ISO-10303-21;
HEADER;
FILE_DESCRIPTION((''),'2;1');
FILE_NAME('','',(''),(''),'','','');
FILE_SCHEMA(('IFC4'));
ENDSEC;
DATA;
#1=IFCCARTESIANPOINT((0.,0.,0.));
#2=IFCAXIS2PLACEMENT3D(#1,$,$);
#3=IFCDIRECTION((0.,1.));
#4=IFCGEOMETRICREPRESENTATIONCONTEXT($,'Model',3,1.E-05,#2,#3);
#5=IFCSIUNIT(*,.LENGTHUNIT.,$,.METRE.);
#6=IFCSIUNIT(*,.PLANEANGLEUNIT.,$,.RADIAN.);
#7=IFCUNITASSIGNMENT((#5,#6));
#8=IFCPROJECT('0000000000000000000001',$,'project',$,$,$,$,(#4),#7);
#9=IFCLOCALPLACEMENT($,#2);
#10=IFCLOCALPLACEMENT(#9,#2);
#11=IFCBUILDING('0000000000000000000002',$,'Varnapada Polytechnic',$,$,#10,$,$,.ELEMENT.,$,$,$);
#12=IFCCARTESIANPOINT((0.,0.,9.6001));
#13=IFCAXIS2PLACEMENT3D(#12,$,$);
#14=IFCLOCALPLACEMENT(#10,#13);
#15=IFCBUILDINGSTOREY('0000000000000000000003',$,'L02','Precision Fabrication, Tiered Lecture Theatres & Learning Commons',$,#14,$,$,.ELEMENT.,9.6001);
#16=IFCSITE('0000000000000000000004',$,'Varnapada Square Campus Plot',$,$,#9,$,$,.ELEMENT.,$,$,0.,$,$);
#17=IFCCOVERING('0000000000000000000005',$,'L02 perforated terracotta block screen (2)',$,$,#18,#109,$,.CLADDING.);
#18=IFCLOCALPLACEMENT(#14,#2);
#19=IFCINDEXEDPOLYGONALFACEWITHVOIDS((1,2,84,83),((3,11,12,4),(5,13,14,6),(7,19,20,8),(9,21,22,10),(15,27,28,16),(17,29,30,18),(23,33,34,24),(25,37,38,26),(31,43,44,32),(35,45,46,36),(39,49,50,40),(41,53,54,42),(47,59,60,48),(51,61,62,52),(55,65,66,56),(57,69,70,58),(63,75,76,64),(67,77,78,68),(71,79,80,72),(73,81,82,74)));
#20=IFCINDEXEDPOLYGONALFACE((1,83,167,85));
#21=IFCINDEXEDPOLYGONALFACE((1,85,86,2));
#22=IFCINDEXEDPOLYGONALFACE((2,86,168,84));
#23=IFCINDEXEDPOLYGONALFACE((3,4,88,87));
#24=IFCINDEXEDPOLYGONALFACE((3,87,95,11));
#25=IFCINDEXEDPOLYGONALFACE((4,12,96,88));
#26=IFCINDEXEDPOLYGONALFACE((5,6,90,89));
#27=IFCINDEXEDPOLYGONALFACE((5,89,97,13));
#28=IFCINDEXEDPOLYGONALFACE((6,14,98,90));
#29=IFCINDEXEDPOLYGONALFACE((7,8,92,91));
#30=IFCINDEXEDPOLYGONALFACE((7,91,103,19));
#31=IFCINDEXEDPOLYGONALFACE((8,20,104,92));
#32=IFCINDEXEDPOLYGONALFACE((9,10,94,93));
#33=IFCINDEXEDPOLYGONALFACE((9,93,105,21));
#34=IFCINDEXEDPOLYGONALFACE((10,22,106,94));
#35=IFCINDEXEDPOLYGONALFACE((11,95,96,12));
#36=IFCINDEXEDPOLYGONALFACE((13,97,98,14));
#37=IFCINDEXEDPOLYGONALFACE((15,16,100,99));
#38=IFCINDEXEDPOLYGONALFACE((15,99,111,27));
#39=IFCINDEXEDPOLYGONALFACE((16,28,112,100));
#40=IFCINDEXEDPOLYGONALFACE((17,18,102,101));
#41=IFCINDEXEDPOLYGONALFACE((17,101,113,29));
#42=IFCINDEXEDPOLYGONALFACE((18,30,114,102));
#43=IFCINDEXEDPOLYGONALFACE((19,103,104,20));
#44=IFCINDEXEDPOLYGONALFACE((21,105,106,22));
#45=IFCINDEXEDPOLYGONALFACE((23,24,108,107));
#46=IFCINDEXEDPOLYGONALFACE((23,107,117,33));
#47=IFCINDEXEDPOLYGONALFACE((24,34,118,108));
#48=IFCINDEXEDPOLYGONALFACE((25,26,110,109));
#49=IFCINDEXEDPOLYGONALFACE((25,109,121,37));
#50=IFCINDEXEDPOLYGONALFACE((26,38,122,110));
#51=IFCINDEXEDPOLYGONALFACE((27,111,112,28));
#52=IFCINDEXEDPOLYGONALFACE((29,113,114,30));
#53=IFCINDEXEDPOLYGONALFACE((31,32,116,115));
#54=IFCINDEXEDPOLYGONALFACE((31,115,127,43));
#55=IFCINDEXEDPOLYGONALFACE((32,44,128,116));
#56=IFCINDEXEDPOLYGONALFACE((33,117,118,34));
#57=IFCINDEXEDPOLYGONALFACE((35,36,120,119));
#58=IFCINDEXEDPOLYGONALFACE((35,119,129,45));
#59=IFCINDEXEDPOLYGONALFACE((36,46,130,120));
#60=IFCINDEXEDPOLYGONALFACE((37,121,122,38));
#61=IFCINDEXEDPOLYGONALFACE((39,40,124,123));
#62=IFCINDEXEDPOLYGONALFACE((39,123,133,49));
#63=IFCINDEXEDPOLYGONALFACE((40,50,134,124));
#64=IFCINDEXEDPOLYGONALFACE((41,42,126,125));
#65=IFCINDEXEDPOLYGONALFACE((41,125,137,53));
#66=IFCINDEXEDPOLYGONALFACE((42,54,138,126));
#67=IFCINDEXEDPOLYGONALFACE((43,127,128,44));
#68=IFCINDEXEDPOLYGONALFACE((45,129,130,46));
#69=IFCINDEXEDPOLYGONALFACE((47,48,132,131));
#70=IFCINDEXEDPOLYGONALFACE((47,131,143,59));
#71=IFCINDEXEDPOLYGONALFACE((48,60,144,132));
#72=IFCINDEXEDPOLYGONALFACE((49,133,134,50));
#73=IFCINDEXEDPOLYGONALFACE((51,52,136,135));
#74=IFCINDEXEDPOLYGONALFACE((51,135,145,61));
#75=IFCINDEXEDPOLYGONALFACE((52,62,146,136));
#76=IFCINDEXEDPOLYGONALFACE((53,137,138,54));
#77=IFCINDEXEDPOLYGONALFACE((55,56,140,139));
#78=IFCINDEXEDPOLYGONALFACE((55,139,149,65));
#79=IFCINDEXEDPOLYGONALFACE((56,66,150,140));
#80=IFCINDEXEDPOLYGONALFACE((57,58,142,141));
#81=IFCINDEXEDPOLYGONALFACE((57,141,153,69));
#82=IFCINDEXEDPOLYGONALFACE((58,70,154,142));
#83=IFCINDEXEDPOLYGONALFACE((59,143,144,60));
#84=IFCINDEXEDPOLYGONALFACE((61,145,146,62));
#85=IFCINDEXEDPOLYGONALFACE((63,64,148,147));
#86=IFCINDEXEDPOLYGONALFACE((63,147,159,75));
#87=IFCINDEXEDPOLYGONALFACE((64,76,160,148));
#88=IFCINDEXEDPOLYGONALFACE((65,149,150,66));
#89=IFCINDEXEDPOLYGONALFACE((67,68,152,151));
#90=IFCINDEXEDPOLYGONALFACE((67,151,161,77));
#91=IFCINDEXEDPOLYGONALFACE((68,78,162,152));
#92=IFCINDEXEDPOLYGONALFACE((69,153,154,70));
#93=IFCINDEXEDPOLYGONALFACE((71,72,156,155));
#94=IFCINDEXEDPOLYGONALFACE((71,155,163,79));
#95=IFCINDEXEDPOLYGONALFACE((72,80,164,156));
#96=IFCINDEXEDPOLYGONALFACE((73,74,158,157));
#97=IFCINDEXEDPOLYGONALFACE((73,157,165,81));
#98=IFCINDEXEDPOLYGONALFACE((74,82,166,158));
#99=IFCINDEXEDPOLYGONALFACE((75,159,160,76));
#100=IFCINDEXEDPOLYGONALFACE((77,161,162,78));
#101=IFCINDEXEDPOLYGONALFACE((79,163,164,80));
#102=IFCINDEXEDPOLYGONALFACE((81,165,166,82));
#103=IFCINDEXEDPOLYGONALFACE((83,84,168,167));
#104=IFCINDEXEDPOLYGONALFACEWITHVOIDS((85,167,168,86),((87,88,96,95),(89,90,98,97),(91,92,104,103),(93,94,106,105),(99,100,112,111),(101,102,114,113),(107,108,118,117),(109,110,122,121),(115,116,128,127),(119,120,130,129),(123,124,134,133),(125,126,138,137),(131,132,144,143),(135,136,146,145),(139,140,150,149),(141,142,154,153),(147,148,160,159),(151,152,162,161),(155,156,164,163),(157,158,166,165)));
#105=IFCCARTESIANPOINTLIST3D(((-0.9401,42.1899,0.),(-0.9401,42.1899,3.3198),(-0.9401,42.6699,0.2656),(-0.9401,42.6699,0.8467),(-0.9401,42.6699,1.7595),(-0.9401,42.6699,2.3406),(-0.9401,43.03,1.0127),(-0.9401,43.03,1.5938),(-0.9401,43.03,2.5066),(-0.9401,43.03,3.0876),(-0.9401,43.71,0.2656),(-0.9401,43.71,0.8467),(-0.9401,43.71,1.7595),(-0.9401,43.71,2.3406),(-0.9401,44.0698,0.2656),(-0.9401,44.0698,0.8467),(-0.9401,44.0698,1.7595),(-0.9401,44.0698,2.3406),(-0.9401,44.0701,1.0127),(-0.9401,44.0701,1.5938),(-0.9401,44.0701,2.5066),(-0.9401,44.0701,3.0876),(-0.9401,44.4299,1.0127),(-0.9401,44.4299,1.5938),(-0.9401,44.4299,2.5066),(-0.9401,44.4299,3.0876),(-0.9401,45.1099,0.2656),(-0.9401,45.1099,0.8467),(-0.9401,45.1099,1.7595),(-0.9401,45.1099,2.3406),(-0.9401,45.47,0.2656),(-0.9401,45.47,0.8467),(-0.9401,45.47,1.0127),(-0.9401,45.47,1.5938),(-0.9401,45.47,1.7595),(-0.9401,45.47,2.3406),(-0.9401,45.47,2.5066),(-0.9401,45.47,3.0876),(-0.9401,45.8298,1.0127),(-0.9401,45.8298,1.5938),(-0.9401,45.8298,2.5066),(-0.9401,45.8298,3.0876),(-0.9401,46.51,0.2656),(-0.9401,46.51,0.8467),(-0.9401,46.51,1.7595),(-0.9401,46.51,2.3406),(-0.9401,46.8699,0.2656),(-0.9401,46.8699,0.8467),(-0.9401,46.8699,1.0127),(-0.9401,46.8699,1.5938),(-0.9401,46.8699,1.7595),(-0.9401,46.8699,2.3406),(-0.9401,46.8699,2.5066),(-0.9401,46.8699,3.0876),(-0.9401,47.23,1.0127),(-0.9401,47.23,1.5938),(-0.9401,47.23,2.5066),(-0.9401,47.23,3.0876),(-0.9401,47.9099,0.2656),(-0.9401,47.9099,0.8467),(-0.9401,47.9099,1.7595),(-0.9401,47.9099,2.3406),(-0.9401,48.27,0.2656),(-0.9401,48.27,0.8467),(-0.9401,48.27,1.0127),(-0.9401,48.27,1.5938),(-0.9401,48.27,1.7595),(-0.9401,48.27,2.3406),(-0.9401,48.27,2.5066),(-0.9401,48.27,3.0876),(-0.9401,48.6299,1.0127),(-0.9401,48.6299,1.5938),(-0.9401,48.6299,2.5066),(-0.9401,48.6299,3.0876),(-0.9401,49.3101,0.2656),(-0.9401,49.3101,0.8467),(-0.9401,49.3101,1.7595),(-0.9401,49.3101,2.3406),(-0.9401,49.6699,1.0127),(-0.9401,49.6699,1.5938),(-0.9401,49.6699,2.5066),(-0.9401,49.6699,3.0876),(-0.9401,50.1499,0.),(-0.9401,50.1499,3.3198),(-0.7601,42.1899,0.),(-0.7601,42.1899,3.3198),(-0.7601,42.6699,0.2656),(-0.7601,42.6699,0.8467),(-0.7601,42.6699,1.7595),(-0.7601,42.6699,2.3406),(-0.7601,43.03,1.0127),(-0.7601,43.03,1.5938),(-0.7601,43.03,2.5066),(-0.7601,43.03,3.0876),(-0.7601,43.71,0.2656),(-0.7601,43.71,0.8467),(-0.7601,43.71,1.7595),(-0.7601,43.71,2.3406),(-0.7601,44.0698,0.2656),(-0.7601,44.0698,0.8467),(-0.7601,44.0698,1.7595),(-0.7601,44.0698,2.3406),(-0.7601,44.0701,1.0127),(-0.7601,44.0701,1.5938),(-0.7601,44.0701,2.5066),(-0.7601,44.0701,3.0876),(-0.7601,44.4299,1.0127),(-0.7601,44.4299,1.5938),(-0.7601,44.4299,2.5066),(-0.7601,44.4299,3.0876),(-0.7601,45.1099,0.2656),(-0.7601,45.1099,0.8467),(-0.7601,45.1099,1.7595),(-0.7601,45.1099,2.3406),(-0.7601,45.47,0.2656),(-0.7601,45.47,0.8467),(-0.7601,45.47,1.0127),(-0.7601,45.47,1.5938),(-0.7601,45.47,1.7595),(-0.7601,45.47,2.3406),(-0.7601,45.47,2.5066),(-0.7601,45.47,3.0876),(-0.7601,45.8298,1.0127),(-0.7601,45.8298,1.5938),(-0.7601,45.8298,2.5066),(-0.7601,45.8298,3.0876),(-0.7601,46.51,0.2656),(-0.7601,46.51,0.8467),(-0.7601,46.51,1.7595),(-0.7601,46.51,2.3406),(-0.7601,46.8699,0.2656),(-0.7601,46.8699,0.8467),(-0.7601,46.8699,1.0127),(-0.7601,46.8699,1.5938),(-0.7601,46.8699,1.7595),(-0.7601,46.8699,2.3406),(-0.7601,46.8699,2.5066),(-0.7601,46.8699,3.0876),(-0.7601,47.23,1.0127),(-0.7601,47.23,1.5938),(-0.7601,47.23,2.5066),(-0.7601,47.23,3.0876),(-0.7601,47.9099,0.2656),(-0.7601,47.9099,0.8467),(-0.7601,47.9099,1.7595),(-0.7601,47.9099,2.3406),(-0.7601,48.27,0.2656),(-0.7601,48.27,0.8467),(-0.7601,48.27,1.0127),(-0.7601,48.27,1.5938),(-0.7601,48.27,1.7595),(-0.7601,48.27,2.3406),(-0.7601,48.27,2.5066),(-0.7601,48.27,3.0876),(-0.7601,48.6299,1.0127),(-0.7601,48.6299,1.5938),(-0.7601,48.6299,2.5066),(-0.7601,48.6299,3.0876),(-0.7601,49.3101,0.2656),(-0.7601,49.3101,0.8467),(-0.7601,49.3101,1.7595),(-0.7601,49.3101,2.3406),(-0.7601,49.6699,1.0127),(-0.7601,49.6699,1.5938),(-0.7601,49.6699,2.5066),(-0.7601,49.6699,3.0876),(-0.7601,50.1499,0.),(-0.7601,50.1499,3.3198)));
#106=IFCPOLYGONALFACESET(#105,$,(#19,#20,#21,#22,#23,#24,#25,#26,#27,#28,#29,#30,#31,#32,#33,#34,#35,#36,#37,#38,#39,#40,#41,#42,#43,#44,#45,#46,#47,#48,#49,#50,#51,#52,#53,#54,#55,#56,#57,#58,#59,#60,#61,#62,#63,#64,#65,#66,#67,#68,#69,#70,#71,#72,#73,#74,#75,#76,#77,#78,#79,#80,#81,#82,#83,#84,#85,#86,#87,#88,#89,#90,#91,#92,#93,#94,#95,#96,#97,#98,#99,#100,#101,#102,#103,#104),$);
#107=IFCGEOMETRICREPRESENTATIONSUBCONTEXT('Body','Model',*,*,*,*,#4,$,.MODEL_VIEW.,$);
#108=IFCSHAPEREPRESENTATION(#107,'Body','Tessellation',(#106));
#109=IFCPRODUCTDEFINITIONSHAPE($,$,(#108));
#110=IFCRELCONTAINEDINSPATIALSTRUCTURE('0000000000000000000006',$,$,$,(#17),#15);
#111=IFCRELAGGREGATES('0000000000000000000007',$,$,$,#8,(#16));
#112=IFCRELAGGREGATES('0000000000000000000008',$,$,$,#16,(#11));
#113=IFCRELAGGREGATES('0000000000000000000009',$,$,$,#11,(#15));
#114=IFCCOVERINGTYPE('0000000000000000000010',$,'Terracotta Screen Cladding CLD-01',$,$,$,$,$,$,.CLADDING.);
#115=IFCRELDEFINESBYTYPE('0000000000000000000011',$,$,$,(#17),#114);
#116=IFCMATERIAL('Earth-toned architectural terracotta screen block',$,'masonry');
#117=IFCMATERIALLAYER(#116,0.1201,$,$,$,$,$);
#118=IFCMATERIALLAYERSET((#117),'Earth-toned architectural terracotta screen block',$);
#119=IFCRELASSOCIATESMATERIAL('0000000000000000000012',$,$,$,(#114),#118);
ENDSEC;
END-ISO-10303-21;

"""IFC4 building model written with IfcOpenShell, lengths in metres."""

from ifc_helpers import new_model, si_unit, direction, frame, frame_2d, origin, place, context, subcontext, project, spatial, rectangle, extrude, material, layer, layer_set, type_object, element, save


model = new_model("IFC4")

# Units and contexts
model_context = context("Model", 3, precision=1e-05, world=origin(), true_north=direction((0.0, 1.0)))
body_context = subcontext(model_context, "Body", "Model", "MODEL_VIEW")
ifc_project = project(units=[si_unit("LENGTHUNIT", "METRE"), si_unit("PLANEANGLEUNIT", "RADIAN")], contexts=[model_context])

# Site, building, storey
site_placement = place(None, origin())
site = spatial("IfcSite", under=ifc_project, at=site_placement, Name="Varnapada Square Campus Plot", CompositionType="ELEMENT", RefElevation=0.0)
building_placement = place(site_placement, origin())
building = spatial("IfcBuilding", under=site, at=building_placement, Name="Varnapada Polytechnic", CompositionType="ELEMENT")
storey_placement = place(building_placement, frame((0.0, 0.0, 9.6001)))
storey = spatial("IfcBuildingStorey", under=building, at=storey_placement, Name="L02", Description="Precision Fabrication, Tiered Lecture Theatres & Learning Commons", CompositionType="ELEMENT", Elevation=9.6001)

# Covering, openings
ifc_material_1 = material(Name="Earth-toned architectural terracotta screen block", Category="masonry")
ifc_layer_1 = layer(ifc_material_1, 0.1201)
ifc_layer_set_1 = layer_set([ifc_layer_1], Name="Earth-toned architectural terracotta screen block")
covering_type = type_object("IfcCoveringType", Name="Terracotta Screen Cladding CLD-01", PredefinedType="CLADDING", material=ifc_layer_set_1)
covering_placement = place(storey_placement, frame((-0.8501, 42.1899, 0.0), z_axis=(0.0, 0.0, 1.0), x_axis=(0.0, 1.0, 0.0)))
covering = element("IfcCovering", 1, at=covering_placement, inside=storey, type_object=covering_type, Name="L02 perforated terracotta block screen (2)", PredefinedType="CLADDING", context=body_context, shape_type="SweptSolid", body=[
    extrude(rectangle(XDim=7.96, YDim=0.1799, at=frame_2d((3.98, 0.0))), origin(), (0.0, 0.0, 1.0), 3.3198),
])
opening_1_placement = place(covering_placement, frame((0.48, 0.0, 0.2656)))
element("IfcOpeningElement", 2, at=opening_1_placement, cuts=covering, PredefinedType="OPENING", context=body_context, shape_type="SweptSolid", body=[
    extrude(rectangle(XDim=1.04, YDim=0.5811, at=frame_2d((0.52, 0.2905))), frame((0.0, 0.0999, 0.0), z_axis=(0.0, -1.0, 0.0), x_axis=(1.0, 0.0, 0.0)), (0.0, 0.0, 1.0), 0.2),
])
opening_2_placement = place(covering_placement, frame((1.8799, 0.0, 0.2656)))
element("IfcOpeningElement", 3, at=opening_2_placement, cuts=covering, PredefinedType="OPENING", context=body_context, shape_type="SweptSolid", body=[
    extrude(rectangle(XDim=1.04, YDim=0.5811, at=frame_2d((0.52, 0.2905))), frame((0.0, 0.0999, 0.0), z_axis=(0.0, -1.0, 0.0), x_axis=(1.0, 0.0, 0.0)), (0.0, 0.0, 1.0), 0.2),
])
opening_3_placement = place(covering_placement, frame((3.28, 0.0, 0.2656)))
element("IfcOpeningElement", 4, at=opening_3_placement, cuts=covering, PredefinedType="OPENING", context=body_context, shape_type="SweptSolid", body=[
    extrude(rectangle(XDim=1.04, YDim=0.5811, at=frame_2d((0.52, 0.2905))), frame((0.0, 0.0999, 0.0), z_axis=(0.0, -1.0, 0.0), x_axis=(1.0, 0.0, 0.0)), (0.0, 0.0, 1.0), 0.2),
])
opening_4_placement = place(covering_placement, frame((4.6799, 0.0, 0.2656)))
element("IfcOpeningElement", 5, at=opening_4_placement, cuts=covering, PredefinedType="OPENING", context=body_context, shape_type="SweptSolid", body=[
    extrude(rectangle(XDim=1.04, YDim=0.5811, at=frame_2d((0.52, 0.2905))), frame((0.0, 0.0999, 0.0), z_axis=(0.0, -1.0, 0.0), x_axis=(1.0, 0.0, 0.0)), (0.0, 0.0, 1.0), 0.2),
])
opening_5_placement = place(covering_placement, frame((6.0801, 0.0, 0.2656)))
element("IfcOpeningElement", 6, at=opening_5_placement, cuts=covering, PredefinedType="OPENING", context=body_context, shape_type="SweptSolid", body=[
    extrude(rectangle(XDim=1.04, YDim=0.5811, at=frame_2d((0.52, 0.2905))), frame((0.0, 0.0999, 0.0), z_axis=(0.0, -1.0, 0.0), x_axis=(1.0, 0.0, 0.0)), (0.0, 0.0, 1.0), 0.2),
])
opening_6_placement = place(covering_placement, frame((0.8401, 0.0, 1.0127)))
element("IfcOpeningElement", 7, at=opening_6_placement, cuts=covering, PredefinedType="OPENING", context=body_context, shape_type="SweptSolid", body=[
    extrude(rectangle(XDim=1.04, YDim=0.5811, at=frame_2d((0.52, 0.2905))), frame((0.0, 0.0999, 0.0), z_axis=(0.0, -1.0, 0.0), x_axis=(1.0, 0.0, 0.0)), (0.0, 0.0, 1.0), 0.2),
])
opening_7_placement = place(covering_placement, frame((2.24, 0.0, 1.0127)))
element("IfcOpeningElement", 8, at=opening_7_placement, cuts=covering, PredefinedType="OPENING", context=body_context, shape_type="SweptSolid", body=[
    extrude(rectangle(XDim=1.04, YDim=0.5811, at=frame_2d((0.52, 0.2905))), frame((0.0, 0.0999, 0.0), z_axis=(0.0, -1.0, 0.0), x_axis=(1.0, 0.0, 0.0)), (0.0, 0.0, 1.0), 0.2),
])
opening_8_placement = place(covering_placement, frame((3.6399, 0.0, 1.0127)))
element("IfcOpeningElement", 9, at=opening_8_placement, cuts=covering, PredefinedType="OPENING", context=body_context, shape_type="SweptSolid", body=[
    extrude(rectangle(XDim=1.04, YDim=0.5811, at=frame_2d((0.52, 0.2905))), frame((0.0, 0.0999, 0.0), z_axis=(0.0, -1.0, 0.0), x_axis=(1.0, 0.0, 0.0)), (0.0, 0.0, 1.0), 0.2),
])
opening_9_placement = place(covering_placement, frame((5.04, 0.0, 1.0127)))
element("IfcOpeningElement", 10, at=opening_9_placement, cuts=covering, PredefinedType="OPENING", context=body_context, shape_type="SweptSolid", body=[
    extrude(rectangle(XDim=1.04, YDim=0.5811, at=frame_2d((0.52, 0.2905))), frame((0.0, 0.0999, 0.0), z_axis=(0.0, -1.0, 0.0), x_axis=(1.0, 0.0, 0.0)), (0.0, 0.0, 1.0), 0.2),
])
opening_10_placement = place(covering_placement, frame((6.4399, 0.0, 1.0127)))
element("IfcOpeningElement", 11, at=opening_10_placement, cuts=covering, PredefinedType="OPENING", context=body_context, shape_type="SweptSolid", body=[
    extrude(rectangle(XDim=1.04, YDim=0.5811, at=frame_2d((0.52, 0.2905))), frame((0.0, 0.0999, 0.0), z_axis=(0.0, -1.0, 0.0), x_axis=(1.0, 0.0, 0.0)), (0.0, 0.0, 1.0), 0.2),
])
opening_11_placement = place(covering_placement, frame((0.48, 0.0, 1.7595)))
element("IfcOpeningElement", 12, at=opening_11_placement, cuts=covering, PredefinedType="OPENING", context=body_context, shape_type="SweptSolid", body=[
    extrude(rectangle(XDim=1.04, YDim=0.5811, at=frame_2d((0.52, 0.2905))), frame((0.0, 0.0999, 0.0), z_axis=(0.0, -1.0, 0.0), x_axis=(1.0, 0.0, 0.0)), (0.0, 0.0, 1.0), 0.2),
])
opening_12_placement = place(covering_placement, frame((1.8799, 0.0, 1.7595)))
element("IfcOpeningElement", 13, at=opening_12_placement, cuts=covering, PredefinedType="OPENING", context=body_context, shape_type="SweptSolid", body=[
    extrude(rectangle(XDim=1.04, YDim=0.5811, at=frame_2d((0.52, 0.2905))), frame((0.0, 0.0999, 0.0), z_axis=(0.0, -1.0, 0.0), x_axis=(1.0, 0.0, 0.0)), (0.0, 0.0, 1.0), 0.2),
])
opening_13_placement = place(covering_placement, frame((3.28, 0.0, 1.7595)))
element("IfcOpeningElement", 14, at=opening_13_placement, cuts=covering, PredefinedType="OPENING", context=body_context, shape_type="SweptSolid", body=[
    extrude(rectangle(XDim=1.04, YDim=0.5811, at=frame_2d((0.52, 0.2905))), frame((0.0, 0.0999, 0.0), z_axis=(0.0, -1.0, 0.0), x_axis=(1.0, 0.0, 0.0)), (0.0, 0.0, 1.0), 0.2),
])
opening_14_placement = place(covering_placement, frame((4.6799, 0.0, 1.7595)))
element("IfcOpeningElement", 15, at=opening_14_placement, cuts=covering, PredefinedType="OPENING", context=body_context, shape_type="SweptSolid", body=[
    extrude(rectangle(XDim=1.04, YDim=0.5811, at=frame_2d((0.52, 0.2905))), frame((0.0, 0.0999, 0.0), z_axis=(0.0, -1.0, 0.0), x_axis=(1.0, 0.0, 0.0)), (0.0, 0.0, 1.0), 0.2),
])
opening_15_placement = place(covering_placement, frame((6.0801, 0.0, 1.7595)))
element("IfcOpeningElement", 16, at=opening_15_placement, cuts=covering, PredefinedType="OPENING", context=body_context, shape_type="SweptSolid", body=[
    extrude(rectangle(XDim=1.04, YDim=0.5811, at=frame_2d((0.52, 0.2905))), frame((0.0, 0.0999, 0.0), z_axis=(0.0, -1.0, 0.0), x_axis=(1.0, 0.0, 0.0)), (0.0, 0.0, 1.0), 0.2),
])
opening_16_placement = place(covering_placement, frame((0.8401, 0.0, 2.5066)))
element("IfcOpeningElement", 17, at=opening_16_placement, cuts=covering, PredefinedType="OPENING", context=body_context, shape_type="SweptSolid", body=[
    extrude(rectangle(XDim=1.04, YDim=0.5811, at=frame_2d((0.52, 0.2905))), frame((0.0, 0.0999, 0.0), z_axis=(0.0, -1.0, 0.0), x_axis=(1.0, 0.0, 0.0)), (0.0, 0.0, 1.0), 0.2),
])
opening_17_placement = place(covering_placement, frame((2.24, 0.0, 2.5066)))
element("IfcOpeningElement", 18, at=opening_17_placement, cuts=covering, PredefinedType="OPENING", context=body_context, shape_type="SweptSolid", body=[
    extrude(rectangle(XDim=1.04, YDim=0.5811, at=frame_2d((0.52, 0.2905))), frame((0.0, 0.0999, 0.0), z_axis=(0.0, -1.0, 0.0), x_axis=(1.0, 0.0, 0.0)), (0.0, 0.0, 1.0), 0.2),
])
opening_18_placement = place(covering_placement, frame((3.6399, 0.0, 2.5066)))
element("IfcOpeningElement", 19, at=opening_18_placement, cuts=covering, PredefinedType="OPENING", context=body_context, shape_type="SweptSolid", body=[
    extrude(rectangle(XDim=1.04, YDim=0.5811, at=frame_2d((0.52, 0.2905))), frame((0.0, 0.0999, 0.0), z_axis=(0.0, -1.0, 0.0), x_axis=(1.0, 0.0, 0.0)), (0.0, 0.0, 1.0), 0.2),
])
opening_19_placement = place(covering_placement, frame((5.04, 0.0, 2.5066)))
element("IfcOpeningElement", 20, at=opening_19_placement, cuts=covering, PredefinedType="OPENING", context=body_context, shape_type="SweptSolid", body=[
    extrude(rectangle(XDim=1.04, YDim=0.5811, at=frame_2d((0.52, 0.2905))), frame((0.0, 0.0999, 0.0), z_axis=(0.0, -1.0, 0.0), x_axis=(1.0, 0.0, 0.0)), (0.0, 0.0, 1.0), 0.2),
])
opening_20_placement = place(covering_placement, frame((6.4399, 0.0, 2.5066)))
element("IfcOpeningElement", 21, at=opening_20_placement, cuts=covering, PredefinedType="OPENING", context=body_context, shape_type="SweptSolid", body=[
    extrude(rectangle(XDim=1.04, YDim=0.5811, at=frame_2d((0.52, 0.2905))), frame((0.0, 0.0999, 0.0), z_axis=(0.0, -1.0, 0.0), x_axis=(1.0, 0.0, 0.0)), (0.0, 0.0, 1.0), 0.2),
])

save(model, "model.ifc")
